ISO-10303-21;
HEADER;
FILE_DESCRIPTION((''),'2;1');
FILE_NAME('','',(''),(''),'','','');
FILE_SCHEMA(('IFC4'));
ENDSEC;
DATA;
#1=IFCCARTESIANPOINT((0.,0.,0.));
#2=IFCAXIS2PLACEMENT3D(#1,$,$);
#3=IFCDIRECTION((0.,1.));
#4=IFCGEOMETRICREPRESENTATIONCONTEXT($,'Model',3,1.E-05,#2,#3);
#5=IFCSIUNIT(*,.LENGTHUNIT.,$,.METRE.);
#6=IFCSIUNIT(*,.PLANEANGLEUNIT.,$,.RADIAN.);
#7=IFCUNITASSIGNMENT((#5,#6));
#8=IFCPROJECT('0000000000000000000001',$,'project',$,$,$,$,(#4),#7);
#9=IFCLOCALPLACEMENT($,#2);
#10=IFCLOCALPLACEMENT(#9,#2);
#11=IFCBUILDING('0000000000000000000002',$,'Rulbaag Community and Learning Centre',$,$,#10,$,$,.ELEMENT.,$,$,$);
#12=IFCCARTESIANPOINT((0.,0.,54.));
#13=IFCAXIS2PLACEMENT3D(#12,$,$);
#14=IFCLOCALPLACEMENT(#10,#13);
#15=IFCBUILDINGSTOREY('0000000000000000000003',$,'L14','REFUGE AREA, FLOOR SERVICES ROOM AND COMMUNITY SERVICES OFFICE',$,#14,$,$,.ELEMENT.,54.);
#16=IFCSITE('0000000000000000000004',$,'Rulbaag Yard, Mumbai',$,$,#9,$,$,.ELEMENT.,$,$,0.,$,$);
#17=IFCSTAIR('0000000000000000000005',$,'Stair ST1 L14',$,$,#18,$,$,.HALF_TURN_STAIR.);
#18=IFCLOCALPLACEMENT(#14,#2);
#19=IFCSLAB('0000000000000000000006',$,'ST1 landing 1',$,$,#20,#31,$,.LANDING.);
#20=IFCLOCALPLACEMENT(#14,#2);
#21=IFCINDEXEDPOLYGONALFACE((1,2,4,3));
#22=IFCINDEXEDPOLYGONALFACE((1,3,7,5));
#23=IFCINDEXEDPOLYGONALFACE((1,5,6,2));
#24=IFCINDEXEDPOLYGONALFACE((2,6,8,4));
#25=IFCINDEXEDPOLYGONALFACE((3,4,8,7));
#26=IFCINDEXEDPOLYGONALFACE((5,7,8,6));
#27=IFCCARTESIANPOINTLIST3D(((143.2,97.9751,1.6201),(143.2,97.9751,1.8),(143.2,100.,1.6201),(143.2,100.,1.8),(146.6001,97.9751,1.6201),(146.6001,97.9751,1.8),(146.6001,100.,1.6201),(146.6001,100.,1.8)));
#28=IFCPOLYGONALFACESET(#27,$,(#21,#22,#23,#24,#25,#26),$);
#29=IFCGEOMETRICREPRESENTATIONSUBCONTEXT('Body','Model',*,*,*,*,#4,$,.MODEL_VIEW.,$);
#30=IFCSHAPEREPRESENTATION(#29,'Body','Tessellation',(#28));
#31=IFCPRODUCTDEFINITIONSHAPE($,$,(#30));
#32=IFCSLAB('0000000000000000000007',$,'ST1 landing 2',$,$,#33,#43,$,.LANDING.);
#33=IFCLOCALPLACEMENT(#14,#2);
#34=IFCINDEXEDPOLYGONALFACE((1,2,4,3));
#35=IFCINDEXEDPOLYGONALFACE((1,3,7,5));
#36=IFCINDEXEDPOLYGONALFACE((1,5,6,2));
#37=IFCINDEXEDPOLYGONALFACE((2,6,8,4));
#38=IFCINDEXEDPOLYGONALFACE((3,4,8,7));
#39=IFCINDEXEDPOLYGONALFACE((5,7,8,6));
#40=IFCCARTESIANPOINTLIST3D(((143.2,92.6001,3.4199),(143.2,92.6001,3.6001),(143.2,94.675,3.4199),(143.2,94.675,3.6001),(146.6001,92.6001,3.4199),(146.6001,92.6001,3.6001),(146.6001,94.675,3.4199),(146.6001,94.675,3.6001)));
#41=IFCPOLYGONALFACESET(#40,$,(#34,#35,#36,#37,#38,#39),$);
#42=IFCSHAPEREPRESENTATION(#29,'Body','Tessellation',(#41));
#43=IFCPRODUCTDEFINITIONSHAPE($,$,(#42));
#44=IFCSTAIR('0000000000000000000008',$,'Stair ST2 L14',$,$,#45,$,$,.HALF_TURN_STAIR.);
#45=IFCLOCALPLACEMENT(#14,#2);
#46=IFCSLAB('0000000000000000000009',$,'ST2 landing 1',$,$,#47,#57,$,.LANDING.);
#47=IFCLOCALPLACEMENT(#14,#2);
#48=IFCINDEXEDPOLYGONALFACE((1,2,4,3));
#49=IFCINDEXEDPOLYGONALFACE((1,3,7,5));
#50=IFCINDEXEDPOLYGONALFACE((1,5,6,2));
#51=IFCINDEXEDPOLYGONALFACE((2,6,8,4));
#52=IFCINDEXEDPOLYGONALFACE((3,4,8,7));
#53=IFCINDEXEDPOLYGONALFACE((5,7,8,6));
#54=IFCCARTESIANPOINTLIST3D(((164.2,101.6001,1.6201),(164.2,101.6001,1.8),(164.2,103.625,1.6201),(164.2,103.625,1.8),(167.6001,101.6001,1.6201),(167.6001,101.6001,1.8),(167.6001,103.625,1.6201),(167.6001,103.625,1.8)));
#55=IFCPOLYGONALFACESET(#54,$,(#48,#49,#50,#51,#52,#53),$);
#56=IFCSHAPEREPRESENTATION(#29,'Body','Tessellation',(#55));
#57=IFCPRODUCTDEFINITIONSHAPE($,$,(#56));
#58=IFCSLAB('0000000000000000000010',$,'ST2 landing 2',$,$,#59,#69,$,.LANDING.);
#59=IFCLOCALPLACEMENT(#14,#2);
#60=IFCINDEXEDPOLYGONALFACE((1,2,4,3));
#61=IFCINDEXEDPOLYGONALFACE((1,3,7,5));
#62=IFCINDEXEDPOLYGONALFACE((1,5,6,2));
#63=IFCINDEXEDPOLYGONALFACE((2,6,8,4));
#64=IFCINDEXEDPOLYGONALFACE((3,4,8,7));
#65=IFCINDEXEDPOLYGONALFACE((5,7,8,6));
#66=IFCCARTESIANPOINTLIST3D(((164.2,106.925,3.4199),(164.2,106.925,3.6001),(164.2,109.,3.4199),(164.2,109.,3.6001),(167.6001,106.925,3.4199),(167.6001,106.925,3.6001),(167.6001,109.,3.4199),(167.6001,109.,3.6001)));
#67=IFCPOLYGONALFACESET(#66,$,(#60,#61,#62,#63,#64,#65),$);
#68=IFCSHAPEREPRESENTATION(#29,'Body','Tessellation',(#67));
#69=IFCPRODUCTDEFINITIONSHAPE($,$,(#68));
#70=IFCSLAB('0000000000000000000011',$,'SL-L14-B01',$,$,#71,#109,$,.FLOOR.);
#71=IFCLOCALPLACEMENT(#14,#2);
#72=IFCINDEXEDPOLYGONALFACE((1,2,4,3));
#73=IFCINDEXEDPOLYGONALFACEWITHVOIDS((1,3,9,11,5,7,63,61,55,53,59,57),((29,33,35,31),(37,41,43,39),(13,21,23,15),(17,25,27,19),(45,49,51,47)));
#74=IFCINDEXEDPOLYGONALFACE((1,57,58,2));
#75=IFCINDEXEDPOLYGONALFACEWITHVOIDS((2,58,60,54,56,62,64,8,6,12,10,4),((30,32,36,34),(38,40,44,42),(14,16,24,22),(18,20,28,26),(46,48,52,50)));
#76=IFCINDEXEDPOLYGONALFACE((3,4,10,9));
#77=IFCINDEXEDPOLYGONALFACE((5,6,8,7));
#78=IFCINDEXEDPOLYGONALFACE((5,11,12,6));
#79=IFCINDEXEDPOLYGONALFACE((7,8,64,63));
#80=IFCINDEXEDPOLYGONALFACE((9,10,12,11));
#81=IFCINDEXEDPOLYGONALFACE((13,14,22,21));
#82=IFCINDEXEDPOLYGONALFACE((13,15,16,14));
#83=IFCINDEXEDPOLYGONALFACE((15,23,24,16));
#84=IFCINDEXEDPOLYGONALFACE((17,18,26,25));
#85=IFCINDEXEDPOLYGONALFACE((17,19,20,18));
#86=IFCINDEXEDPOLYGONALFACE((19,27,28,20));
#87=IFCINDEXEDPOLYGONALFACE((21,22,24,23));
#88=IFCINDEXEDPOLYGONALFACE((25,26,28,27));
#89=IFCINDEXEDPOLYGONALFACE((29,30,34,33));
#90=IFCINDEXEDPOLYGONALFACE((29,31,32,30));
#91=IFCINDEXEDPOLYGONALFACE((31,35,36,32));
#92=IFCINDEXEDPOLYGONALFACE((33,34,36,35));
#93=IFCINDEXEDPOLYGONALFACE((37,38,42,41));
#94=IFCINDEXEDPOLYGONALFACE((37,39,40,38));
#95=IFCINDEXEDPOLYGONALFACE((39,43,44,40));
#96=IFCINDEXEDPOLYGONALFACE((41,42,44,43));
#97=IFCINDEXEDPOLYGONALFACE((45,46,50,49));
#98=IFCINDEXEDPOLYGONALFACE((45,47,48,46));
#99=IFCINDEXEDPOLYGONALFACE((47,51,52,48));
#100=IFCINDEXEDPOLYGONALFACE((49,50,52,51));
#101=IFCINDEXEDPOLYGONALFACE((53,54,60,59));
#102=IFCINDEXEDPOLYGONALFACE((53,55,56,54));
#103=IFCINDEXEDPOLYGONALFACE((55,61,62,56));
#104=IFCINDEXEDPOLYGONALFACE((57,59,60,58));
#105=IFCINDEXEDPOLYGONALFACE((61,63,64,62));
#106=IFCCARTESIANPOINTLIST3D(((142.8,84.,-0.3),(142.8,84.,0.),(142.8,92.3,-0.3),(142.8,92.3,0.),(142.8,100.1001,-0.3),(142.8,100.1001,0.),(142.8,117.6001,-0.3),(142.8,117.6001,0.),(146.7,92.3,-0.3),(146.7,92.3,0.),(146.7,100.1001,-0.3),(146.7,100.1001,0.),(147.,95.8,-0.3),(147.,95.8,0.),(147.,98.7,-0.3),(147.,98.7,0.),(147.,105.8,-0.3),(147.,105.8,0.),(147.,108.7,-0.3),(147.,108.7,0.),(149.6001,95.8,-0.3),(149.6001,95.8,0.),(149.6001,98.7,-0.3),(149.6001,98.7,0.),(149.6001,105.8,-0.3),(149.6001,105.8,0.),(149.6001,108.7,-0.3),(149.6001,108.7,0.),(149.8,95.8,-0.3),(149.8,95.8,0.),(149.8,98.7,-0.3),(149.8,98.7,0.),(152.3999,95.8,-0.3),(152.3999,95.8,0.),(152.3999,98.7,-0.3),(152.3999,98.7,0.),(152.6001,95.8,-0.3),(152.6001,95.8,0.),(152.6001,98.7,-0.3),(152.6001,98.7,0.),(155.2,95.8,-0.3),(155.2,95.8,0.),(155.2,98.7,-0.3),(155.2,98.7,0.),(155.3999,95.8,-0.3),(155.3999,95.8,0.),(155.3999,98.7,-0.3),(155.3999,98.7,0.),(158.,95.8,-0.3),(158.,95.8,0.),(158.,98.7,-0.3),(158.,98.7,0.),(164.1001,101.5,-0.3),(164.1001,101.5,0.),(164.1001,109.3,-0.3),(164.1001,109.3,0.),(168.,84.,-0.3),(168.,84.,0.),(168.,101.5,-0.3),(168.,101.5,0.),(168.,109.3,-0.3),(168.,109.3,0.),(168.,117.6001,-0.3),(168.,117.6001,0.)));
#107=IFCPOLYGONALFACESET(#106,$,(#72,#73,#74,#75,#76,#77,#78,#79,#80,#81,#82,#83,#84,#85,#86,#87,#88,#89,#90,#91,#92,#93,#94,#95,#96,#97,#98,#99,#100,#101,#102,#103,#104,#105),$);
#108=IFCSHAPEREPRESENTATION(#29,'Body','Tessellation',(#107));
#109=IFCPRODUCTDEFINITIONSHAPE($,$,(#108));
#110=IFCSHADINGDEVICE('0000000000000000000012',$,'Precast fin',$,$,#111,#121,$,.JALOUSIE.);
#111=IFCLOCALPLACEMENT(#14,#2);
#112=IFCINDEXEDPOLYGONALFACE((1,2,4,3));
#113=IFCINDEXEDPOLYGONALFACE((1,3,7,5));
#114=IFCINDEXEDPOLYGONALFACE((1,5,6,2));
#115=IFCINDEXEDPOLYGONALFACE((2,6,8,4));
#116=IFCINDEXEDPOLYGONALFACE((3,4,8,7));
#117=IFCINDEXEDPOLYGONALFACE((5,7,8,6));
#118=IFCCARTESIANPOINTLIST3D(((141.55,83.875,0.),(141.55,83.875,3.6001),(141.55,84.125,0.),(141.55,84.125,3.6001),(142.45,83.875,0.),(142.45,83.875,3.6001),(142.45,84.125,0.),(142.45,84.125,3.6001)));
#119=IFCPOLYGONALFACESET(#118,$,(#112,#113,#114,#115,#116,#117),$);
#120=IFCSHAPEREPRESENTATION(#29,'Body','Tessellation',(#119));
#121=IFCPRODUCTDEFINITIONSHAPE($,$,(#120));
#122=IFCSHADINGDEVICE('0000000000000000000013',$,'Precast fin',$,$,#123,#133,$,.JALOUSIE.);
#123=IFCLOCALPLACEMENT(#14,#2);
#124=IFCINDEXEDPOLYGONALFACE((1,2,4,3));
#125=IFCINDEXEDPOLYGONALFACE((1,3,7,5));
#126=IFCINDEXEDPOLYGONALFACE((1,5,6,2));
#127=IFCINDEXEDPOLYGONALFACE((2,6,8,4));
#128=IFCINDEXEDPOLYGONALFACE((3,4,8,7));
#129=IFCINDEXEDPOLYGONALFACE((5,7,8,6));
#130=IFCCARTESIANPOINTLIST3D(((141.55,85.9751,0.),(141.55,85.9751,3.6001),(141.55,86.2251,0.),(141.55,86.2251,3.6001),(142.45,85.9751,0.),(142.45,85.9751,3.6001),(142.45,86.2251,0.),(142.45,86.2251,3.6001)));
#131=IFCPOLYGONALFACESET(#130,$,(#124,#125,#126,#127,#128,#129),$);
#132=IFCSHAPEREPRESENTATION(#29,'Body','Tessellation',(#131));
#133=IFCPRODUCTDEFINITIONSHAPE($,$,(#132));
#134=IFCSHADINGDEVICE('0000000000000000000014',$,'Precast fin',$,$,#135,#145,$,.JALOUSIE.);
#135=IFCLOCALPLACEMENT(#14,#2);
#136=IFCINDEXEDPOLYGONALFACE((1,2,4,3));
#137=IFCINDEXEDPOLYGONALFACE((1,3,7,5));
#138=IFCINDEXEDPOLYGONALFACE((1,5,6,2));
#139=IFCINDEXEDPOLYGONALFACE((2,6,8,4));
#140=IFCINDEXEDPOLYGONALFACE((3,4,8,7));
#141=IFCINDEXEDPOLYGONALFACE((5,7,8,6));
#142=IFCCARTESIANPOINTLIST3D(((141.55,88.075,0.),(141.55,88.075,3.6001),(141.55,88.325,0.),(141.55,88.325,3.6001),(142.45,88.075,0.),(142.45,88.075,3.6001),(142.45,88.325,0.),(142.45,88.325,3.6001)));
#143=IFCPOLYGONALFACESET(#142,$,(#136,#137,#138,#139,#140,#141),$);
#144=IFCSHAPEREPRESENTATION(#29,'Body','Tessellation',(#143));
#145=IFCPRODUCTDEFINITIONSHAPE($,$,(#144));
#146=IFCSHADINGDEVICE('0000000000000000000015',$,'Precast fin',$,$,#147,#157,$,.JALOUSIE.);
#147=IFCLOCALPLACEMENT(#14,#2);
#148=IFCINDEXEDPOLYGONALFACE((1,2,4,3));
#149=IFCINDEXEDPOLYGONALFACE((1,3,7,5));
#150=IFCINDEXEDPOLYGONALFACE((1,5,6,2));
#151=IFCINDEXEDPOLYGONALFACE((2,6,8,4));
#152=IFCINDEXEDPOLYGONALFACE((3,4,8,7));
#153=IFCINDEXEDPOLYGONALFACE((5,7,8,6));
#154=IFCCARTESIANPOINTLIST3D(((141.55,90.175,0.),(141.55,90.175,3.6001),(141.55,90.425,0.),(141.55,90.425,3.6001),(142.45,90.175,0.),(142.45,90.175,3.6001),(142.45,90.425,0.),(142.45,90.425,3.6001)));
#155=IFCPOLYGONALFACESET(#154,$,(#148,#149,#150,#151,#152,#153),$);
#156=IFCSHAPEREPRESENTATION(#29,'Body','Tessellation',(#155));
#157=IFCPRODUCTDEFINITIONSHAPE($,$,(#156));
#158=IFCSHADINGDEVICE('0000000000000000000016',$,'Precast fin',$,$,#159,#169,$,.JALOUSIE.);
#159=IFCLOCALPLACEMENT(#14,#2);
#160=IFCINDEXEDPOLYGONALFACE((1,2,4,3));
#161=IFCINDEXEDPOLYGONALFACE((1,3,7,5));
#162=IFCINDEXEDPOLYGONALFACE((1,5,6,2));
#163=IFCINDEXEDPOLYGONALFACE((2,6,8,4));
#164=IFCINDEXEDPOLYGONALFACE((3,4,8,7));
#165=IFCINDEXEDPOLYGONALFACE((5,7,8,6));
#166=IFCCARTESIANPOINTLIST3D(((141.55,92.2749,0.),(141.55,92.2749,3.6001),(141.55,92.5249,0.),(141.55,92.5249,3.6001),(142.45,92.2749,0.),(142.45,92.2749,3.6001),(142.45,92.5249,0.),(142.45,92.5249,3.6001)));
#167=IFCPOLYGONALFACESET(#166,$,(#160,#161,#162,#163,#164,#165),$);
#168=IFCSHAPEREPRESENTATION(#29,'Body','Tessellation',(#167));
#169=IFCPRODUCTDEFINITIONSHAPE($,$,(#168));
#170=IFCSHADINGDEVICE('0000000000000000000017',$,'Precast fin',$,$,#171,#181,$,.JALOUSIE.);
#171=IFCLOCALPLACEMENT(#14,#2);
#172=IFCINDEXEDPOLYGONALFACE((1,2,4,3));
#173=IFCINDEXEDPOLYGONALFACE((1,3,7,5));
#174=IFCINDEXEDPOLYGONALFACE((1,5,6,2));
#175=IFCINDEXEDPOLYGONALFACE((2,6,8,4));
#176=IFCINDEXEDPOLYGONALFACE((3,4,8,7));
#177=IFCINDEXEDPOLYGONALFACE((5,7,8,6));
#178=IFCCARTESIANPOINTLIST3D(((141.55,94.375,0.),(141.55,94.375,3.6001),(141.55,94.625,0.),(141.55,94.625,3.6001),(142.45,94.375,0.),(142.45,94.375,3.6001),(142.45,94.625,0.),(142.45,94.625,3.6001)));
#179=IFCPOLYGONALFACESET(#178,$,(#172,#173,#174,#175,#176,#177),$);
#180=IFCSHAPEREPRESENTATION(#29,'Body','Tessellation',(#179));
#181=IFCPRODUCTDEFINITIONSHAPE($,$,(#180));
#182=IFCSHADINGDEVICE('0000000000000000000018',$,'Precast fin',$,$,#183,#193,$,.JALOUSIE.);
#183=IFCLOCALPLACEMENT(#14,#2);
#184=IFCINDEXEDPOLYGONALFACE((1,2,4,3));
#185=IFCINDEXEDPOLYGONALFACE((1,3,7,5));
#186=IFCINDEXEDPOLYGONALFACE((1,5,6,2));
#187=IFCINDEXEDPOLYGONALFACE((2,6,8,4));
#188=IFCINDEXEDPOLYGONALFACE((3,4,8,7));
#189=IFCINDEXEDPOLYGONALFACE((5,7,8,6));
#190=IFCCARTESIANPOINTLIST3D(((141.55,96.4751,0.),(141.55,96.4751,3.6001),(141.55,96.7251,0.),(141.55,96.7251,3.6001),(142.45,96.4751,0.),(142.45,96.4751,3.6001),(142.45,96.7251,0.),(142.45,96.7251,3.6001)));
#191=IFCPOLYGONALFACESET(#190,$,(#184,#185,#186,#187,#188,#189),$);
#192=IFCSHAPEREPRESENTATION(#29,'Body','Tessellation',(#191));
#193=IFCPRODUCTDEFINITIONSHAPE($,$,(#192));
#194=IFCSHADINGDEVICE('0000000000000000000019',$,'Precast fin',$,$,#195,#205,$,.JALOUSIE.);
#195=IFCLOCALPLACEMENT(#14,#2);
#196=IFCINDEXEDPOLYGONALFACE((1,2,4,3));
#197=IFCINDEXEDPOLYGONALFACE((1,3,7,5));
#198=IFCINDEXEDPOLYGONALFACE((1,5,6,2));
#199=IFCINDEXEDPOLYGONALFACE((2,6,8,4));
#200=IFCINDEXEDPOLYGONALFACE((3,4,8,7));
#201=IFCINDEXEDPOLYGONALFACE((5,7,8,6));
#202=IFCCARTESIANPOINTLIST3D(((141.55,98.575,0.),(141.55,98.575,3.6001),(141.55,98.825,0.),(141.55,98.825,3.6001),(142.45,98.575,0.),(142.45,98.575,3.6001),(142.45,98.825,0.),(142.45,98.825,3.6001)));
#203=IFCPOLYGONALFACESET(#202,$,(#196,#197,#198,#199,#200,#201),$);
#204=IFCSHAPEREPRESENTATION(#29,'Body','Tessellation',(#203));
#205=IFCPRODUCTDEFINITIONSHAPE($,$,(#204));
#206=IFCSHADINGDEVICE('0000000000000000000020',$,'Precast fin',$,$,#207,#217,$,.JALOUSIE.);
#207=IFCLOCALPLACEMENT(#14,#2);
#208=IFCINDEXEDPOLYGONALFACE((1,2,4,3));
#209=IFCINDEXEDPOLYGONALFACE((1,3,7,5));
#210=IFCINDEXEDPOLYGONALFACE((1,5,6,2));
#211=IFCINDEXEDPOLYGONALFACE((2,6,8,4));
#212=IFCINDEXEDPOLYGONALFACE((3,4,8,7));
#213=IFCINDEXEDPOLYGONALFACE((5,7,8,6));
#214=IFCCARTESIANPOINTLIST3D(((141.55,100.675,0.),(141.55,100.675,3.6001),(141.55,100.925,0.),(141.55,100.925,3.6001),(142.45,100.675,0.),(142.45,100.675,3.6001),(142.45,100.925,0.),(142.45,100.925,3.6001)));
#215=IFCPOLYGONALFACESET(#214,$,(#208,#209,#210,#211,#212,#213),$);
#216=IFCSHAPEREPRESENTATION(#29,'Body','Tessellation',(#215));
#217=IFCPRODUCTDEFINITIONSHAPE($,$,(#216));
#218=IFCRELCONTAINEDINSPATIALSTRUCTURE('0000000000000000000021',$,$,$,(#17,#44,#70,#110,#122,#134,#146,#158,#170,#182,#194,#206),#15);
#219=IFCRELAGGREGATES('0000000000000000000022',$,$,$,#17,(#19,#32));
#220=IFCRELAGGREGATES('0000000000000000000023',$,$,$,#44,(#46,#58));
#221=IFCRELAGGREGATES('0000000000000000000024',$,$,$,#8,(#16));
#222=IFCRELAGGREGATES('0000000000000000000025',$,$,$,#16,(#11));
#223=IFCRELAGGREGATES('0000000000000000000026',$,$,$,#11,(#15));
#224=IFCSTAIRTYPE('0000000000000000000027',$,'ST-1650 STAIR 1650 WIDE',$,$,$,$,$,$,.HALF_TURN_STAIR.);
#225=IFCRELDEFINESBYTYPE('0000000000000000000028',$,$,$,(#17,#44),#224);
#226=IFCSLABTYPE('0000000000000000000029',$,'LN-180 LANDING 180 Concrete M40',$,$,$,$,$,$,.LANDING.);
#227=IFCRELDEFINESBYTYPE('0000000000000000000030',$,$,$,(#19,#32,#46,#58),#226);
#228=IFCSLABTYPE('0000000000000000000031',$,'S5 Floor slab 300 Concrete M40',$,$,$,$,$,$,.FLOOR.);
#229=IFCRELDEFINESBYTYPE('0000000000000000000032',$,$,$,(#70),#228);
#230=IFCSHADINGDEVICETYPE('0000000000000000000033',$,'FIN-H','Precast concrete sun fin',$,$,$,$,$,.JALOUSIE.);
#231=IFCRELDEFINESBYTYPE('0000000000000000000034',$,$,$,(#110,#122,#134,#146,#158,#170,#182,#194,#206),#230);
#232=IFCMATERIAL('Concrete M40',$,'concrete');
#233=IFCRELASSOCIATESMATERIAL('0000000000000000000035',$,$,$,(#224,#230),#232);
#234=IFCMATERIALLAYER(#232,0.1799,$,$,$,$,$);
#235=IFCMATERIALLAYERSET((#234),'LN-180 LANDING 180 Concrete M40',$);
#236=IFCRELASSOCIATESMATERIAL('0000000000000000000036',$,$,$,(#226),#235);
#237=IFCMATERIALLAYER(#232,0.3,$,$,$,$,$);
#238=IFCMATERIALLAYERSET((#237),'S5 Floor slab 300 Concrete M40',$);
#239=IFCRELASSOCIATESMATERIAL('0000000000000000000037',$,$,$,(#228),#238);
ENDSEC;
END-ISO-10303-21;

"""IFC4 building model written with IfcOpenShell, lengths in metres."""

from ifc_helpers import new_model, si_unit, direction, frame, origin, origin_2d, place, context, subcontext, project, spatial, polyline, rectangle, outline, extrude, material, layer, layer_set, material_profile, profile_set, type_object, element, aggregate, save


model = new_model("IFC4")

# Units and contexts
model_context = context("Model", 3, precision=1e-05, world=origin(), true_north=direction((0.0, 1.0)))
body_context = subcontext(model_context, "Body", "Model", "MODEL_VIEW")
ifc_project = project(units=[si_unit("LENGTHUNIT", "METRE"), si_unit("PLANEANGLEUNIT", "RADIAN")], contexts=[model_context])

# Site, building, storey
site_placement = place(None, origin())
site = spatial("IfcSite", under=ifc_project, at=site_placement, Name="Rulbaag Yard, Mumbai", CompositionType="ELEMENT", RefElevation=0.0)
building_placement = place(site_placement, origin())
building = spatial("IfcBuilding", under=site, at=building_placement, Name="Rulbaag Community and Learning Centre", CompositionType="ELEMENT")
storey_placement = place(building_placement, frame((0.0, 0.0, 54.0)))
storey = spatial("IfcBuildingStorey", under=building, at=storey_placement, Name="L14", Description="REFUGE AREA, FLOOR SERVICES ROOM AND COMMUNITY SERVICES OFFICE", CompositionType="ELEMENT", Elevation=54.0)

# Stairs, slabs
ifc_material = material(Name="Concrete M40", Category="concrete")
stair_type = type_object("IfcStairType", Name="ST-1650 STAIR 1650 WIDE", PredefinedType="HALF_TURN_STAIR", material=ifc_material)
stair_1_placement = place(storey_placement, origin())
stair_1 = element("IfcStair", 1, at=stair_1_placement, inside=storey, type_object=stair_type, Name="Stair ST1 L14", PredefinedType="HALF_TURN_STAIR")
ifc_layer_1 = layer(ifc_material, 0.1799)
ifc_layer_set_1 = layer_set([ifc_layer_1], Name="LN-180 LANDING 180 Concrete M40")
slab_type_1 = type_object("IfcSlabType", Name="LN-180 LANDING 180 Concrete M40", PredefinedType="LANDING", material=ifc_layer_set_1)
slab_1_placement = place(storey_placement, frame((0.0, 0.0, 1.6201)))
slab_1 = element("IfcSlab", 2, at=slab_1_placement, type_object=slab_type_1, Name="ST1 landing 1", PredefinedType="LANDING", context=body_context, shape_type="SweptSolid", body=[
    extrude(outline(polyline([(143.2, 97.9751), (143.2, 100.0), (146.6001, 100.0), (146.6001, 97.9751), (143.2, 97.9751)])), origin(), (0.0, 0.0, 1.0), 0.1799),
])
slab_2_placement = place(storey_placement, frame((0.0, 0.0, 3.4199)))
slab_2 = element("IfcSlab", 3, at=slab_2_placement, type_object=slab_type_1, Name="ST1 landing 2", PredefinedType="LANDING", context=body_context, shape_type="SweptSolid", body=[
    extrude(outline(polyline([(143.2, 92.6001), (143.2, 94.675), (146.6001, 94.675), (146.6001, 92.6001), (143.2, 92.6001)])), origin(), (0.0, 0.0, 1.0), 0.1802),
])
aggregate(stair_1, [slab_1, slab_2])
stair_2_placement = place(storey_placement, origin())
stair_2 = element("IfcStair", 4, at=stair_2_placement, inside=storey, type_object=stair_type, Name="Stair ST2 L14", PredefinedType="HALF_TURN_STAIR")
slab_3_placement = place(storey_placement, frame((0.0, 0.0, 1.6201)))
slab_3 = element("IfcSlab", 5, at=slab_3_placement, type_object=slab_type_1, Name="ST2 landing 1", PredefinedType="LANDING", context=body_context, shape_type="SweptSolid", body=[
    extrude(outline(polyline([(164.2, 101.6001), (164.2, 103.625), (167.6001, 103.625), (167.6001, 101.6001), (164.2, 101.6001)])), origin(), (0.0, 0.0, 1.0), 0.1799),
])
slab_4_placement = place(storey_placement, frame((0.0, 0.0, 3.4199)))
slab_4 = element("IfcSlab", 6, at=slab_4_placement, type_object=slab_type_1, Name="ST2 landing 2", PredefinedType="LANDING", context=body_context, shape_type="SweptSolid", body=[
    extrude(outline(polyline([(164.2, 106.925), (164.2, 109.0), (167.6001, 109.0), (167.6001, 106.925), (164.2, 106.925)])), origin(), (0.0, 0.0, 1.0), 0.1802),
])
aggregate(stair_2, [slab_3, slab_4])

# Slab
ifc_layer_2 = layer(ifc_material, 0.3)
ifc_layer_set_2 = layer_set([ifc_layer_2], Name="S5 Floor slab 300 Concrete M40")
slab_type_2 = type_object("IfcSlabType", Name="S5 Floor slab 300 Concrete M40", PredefinedType="FLOOR", material=ifc_layer_set_2)
slab_5_placement = place(storey_placement, frame((0.0, 0.0, -0.3)))
element("IfcSlab", 7, at=slab_5_placement, inside=storey, type_object=slab_type_2, Name="SL-L14-B01", PredefinedType="FLOOR", context=body_context, shape_type="SweptSolid", body=[
    extrude(outline(polyline([(168.0, 84.0), (142.8, 84.0), (142.8, 92.3), (146.7, 92.3), (146.7, 100.1001), (142.8, 100.1001), (142.8, 117.6001), (168.0, 117.6001), (168.0, 109.3), (164.1001, 109.3), (164.1001, 101.5), (168.0, 101.5), (168.0, 84.0)]), holes=[polyline([(147.0, 98.7), (147.0, 95.8), (149.6001, 95.8), (149.6001, 98.7), (147.0, 98.7)]), polyline([(149.8, 98.7), (149.8, 95.8), (152.3999, 95.8), (152.3999, 98.7), (149.8, 98.7)]), polyline([(152.6001, 98.7), (152.6001, 95.8), (155.2, 95.8), (155.2, 98.7), (152.6001, 98.7)]), polyline([(155.3999, 98.7), (155.3999, 95.8), (158.0, 95.8), (158.0, 98.7), (155.3999, 98.7)]), polyline([(147.0, 108.7), (147.0, 105.8), (149.6001, 105.8), (149.6001, 108.7), (147.0, 108.7)])]), origin(), (0.0, 0.0, 1.0), 0.3),
])

# Shading devices
ifc_material_profile = material_profile(ifc_material, rectangle(XDim=0.25, YDim=0.8999, at=origin_2d()), Name="PC 250x900")
ifc_profile_set = profile_set([ifc_material_profile], Name="Concrete M40")
shading_device_type_1 = type_object("IfcShadingDeviceType", Name="FIN-H", Description="Precast concrete sun fin", PredefinedType="JALOUSIE", material=ifc_profile_set)
for number, where, z_axis, x_axis, name in (
    (8, (142.0, 84.0, 0.0), (0.0, 0.0, 1.0), (0.0, 1.0, 0.0), "Precast fin"),
    (9, (142.0, 86.1001, 0.0), (0.0, 0.0, 1.0), (0.0, 1.0, 0.0), "Precast fin"),
    (10, (142.0, 88.2, 0.0), (0.0, 0.0, 1.0), (0.0, 1.0, 0.0), "Precast fin"),
    (11, (142.0, 90.3, 0.0), (0.0, 0.0, 1.0), (0.0, 1.0, 0.0), "Precast fin"),
    (12, (142.0, 92.3999, 0.0), (0.0, 0.0, 1.0), (0.0, 1.0, 0.0), "Precast fin"),
    (13, (142.0, 94.5, 0.0), (0.0, 0.0, 1.0), (0.0, 1.0, 0.0), "Precast fin"),
    (14, (142.0, 96.6001, 0.0), (0.0, 0.0, 1.0), (0.0, 1.0, 0.0), "Precast fin"),
    (15, (142.0, 98.7, 0.0), (0.0, 0.0, 1.0), (0.0, 1.0, 0.0), "Precast fin"),
    (16, (142.0, 100.8, 0.0), (0.0, 0.0, 1.0), (0.0, 1.0, 0.0), "Precast fin"),
):
    element("IfcShadingDevice", number, at=place(storey_placement, frame(where, z_axis=z_axis, x_axis=x_axis)), inside=storey, type_object=shading_device_type_1, Name=name, PredefinedType="JALOUSIE", context=body_context, shape_type="SweptSolid", body=[
        extrude(rectangle(XDim=0.25, YDim=0.8999, at=origin_2d()), origin(), (0.0, 0.0, 1.0), 3.6001),
    ])

save(model, "model.ifc")
